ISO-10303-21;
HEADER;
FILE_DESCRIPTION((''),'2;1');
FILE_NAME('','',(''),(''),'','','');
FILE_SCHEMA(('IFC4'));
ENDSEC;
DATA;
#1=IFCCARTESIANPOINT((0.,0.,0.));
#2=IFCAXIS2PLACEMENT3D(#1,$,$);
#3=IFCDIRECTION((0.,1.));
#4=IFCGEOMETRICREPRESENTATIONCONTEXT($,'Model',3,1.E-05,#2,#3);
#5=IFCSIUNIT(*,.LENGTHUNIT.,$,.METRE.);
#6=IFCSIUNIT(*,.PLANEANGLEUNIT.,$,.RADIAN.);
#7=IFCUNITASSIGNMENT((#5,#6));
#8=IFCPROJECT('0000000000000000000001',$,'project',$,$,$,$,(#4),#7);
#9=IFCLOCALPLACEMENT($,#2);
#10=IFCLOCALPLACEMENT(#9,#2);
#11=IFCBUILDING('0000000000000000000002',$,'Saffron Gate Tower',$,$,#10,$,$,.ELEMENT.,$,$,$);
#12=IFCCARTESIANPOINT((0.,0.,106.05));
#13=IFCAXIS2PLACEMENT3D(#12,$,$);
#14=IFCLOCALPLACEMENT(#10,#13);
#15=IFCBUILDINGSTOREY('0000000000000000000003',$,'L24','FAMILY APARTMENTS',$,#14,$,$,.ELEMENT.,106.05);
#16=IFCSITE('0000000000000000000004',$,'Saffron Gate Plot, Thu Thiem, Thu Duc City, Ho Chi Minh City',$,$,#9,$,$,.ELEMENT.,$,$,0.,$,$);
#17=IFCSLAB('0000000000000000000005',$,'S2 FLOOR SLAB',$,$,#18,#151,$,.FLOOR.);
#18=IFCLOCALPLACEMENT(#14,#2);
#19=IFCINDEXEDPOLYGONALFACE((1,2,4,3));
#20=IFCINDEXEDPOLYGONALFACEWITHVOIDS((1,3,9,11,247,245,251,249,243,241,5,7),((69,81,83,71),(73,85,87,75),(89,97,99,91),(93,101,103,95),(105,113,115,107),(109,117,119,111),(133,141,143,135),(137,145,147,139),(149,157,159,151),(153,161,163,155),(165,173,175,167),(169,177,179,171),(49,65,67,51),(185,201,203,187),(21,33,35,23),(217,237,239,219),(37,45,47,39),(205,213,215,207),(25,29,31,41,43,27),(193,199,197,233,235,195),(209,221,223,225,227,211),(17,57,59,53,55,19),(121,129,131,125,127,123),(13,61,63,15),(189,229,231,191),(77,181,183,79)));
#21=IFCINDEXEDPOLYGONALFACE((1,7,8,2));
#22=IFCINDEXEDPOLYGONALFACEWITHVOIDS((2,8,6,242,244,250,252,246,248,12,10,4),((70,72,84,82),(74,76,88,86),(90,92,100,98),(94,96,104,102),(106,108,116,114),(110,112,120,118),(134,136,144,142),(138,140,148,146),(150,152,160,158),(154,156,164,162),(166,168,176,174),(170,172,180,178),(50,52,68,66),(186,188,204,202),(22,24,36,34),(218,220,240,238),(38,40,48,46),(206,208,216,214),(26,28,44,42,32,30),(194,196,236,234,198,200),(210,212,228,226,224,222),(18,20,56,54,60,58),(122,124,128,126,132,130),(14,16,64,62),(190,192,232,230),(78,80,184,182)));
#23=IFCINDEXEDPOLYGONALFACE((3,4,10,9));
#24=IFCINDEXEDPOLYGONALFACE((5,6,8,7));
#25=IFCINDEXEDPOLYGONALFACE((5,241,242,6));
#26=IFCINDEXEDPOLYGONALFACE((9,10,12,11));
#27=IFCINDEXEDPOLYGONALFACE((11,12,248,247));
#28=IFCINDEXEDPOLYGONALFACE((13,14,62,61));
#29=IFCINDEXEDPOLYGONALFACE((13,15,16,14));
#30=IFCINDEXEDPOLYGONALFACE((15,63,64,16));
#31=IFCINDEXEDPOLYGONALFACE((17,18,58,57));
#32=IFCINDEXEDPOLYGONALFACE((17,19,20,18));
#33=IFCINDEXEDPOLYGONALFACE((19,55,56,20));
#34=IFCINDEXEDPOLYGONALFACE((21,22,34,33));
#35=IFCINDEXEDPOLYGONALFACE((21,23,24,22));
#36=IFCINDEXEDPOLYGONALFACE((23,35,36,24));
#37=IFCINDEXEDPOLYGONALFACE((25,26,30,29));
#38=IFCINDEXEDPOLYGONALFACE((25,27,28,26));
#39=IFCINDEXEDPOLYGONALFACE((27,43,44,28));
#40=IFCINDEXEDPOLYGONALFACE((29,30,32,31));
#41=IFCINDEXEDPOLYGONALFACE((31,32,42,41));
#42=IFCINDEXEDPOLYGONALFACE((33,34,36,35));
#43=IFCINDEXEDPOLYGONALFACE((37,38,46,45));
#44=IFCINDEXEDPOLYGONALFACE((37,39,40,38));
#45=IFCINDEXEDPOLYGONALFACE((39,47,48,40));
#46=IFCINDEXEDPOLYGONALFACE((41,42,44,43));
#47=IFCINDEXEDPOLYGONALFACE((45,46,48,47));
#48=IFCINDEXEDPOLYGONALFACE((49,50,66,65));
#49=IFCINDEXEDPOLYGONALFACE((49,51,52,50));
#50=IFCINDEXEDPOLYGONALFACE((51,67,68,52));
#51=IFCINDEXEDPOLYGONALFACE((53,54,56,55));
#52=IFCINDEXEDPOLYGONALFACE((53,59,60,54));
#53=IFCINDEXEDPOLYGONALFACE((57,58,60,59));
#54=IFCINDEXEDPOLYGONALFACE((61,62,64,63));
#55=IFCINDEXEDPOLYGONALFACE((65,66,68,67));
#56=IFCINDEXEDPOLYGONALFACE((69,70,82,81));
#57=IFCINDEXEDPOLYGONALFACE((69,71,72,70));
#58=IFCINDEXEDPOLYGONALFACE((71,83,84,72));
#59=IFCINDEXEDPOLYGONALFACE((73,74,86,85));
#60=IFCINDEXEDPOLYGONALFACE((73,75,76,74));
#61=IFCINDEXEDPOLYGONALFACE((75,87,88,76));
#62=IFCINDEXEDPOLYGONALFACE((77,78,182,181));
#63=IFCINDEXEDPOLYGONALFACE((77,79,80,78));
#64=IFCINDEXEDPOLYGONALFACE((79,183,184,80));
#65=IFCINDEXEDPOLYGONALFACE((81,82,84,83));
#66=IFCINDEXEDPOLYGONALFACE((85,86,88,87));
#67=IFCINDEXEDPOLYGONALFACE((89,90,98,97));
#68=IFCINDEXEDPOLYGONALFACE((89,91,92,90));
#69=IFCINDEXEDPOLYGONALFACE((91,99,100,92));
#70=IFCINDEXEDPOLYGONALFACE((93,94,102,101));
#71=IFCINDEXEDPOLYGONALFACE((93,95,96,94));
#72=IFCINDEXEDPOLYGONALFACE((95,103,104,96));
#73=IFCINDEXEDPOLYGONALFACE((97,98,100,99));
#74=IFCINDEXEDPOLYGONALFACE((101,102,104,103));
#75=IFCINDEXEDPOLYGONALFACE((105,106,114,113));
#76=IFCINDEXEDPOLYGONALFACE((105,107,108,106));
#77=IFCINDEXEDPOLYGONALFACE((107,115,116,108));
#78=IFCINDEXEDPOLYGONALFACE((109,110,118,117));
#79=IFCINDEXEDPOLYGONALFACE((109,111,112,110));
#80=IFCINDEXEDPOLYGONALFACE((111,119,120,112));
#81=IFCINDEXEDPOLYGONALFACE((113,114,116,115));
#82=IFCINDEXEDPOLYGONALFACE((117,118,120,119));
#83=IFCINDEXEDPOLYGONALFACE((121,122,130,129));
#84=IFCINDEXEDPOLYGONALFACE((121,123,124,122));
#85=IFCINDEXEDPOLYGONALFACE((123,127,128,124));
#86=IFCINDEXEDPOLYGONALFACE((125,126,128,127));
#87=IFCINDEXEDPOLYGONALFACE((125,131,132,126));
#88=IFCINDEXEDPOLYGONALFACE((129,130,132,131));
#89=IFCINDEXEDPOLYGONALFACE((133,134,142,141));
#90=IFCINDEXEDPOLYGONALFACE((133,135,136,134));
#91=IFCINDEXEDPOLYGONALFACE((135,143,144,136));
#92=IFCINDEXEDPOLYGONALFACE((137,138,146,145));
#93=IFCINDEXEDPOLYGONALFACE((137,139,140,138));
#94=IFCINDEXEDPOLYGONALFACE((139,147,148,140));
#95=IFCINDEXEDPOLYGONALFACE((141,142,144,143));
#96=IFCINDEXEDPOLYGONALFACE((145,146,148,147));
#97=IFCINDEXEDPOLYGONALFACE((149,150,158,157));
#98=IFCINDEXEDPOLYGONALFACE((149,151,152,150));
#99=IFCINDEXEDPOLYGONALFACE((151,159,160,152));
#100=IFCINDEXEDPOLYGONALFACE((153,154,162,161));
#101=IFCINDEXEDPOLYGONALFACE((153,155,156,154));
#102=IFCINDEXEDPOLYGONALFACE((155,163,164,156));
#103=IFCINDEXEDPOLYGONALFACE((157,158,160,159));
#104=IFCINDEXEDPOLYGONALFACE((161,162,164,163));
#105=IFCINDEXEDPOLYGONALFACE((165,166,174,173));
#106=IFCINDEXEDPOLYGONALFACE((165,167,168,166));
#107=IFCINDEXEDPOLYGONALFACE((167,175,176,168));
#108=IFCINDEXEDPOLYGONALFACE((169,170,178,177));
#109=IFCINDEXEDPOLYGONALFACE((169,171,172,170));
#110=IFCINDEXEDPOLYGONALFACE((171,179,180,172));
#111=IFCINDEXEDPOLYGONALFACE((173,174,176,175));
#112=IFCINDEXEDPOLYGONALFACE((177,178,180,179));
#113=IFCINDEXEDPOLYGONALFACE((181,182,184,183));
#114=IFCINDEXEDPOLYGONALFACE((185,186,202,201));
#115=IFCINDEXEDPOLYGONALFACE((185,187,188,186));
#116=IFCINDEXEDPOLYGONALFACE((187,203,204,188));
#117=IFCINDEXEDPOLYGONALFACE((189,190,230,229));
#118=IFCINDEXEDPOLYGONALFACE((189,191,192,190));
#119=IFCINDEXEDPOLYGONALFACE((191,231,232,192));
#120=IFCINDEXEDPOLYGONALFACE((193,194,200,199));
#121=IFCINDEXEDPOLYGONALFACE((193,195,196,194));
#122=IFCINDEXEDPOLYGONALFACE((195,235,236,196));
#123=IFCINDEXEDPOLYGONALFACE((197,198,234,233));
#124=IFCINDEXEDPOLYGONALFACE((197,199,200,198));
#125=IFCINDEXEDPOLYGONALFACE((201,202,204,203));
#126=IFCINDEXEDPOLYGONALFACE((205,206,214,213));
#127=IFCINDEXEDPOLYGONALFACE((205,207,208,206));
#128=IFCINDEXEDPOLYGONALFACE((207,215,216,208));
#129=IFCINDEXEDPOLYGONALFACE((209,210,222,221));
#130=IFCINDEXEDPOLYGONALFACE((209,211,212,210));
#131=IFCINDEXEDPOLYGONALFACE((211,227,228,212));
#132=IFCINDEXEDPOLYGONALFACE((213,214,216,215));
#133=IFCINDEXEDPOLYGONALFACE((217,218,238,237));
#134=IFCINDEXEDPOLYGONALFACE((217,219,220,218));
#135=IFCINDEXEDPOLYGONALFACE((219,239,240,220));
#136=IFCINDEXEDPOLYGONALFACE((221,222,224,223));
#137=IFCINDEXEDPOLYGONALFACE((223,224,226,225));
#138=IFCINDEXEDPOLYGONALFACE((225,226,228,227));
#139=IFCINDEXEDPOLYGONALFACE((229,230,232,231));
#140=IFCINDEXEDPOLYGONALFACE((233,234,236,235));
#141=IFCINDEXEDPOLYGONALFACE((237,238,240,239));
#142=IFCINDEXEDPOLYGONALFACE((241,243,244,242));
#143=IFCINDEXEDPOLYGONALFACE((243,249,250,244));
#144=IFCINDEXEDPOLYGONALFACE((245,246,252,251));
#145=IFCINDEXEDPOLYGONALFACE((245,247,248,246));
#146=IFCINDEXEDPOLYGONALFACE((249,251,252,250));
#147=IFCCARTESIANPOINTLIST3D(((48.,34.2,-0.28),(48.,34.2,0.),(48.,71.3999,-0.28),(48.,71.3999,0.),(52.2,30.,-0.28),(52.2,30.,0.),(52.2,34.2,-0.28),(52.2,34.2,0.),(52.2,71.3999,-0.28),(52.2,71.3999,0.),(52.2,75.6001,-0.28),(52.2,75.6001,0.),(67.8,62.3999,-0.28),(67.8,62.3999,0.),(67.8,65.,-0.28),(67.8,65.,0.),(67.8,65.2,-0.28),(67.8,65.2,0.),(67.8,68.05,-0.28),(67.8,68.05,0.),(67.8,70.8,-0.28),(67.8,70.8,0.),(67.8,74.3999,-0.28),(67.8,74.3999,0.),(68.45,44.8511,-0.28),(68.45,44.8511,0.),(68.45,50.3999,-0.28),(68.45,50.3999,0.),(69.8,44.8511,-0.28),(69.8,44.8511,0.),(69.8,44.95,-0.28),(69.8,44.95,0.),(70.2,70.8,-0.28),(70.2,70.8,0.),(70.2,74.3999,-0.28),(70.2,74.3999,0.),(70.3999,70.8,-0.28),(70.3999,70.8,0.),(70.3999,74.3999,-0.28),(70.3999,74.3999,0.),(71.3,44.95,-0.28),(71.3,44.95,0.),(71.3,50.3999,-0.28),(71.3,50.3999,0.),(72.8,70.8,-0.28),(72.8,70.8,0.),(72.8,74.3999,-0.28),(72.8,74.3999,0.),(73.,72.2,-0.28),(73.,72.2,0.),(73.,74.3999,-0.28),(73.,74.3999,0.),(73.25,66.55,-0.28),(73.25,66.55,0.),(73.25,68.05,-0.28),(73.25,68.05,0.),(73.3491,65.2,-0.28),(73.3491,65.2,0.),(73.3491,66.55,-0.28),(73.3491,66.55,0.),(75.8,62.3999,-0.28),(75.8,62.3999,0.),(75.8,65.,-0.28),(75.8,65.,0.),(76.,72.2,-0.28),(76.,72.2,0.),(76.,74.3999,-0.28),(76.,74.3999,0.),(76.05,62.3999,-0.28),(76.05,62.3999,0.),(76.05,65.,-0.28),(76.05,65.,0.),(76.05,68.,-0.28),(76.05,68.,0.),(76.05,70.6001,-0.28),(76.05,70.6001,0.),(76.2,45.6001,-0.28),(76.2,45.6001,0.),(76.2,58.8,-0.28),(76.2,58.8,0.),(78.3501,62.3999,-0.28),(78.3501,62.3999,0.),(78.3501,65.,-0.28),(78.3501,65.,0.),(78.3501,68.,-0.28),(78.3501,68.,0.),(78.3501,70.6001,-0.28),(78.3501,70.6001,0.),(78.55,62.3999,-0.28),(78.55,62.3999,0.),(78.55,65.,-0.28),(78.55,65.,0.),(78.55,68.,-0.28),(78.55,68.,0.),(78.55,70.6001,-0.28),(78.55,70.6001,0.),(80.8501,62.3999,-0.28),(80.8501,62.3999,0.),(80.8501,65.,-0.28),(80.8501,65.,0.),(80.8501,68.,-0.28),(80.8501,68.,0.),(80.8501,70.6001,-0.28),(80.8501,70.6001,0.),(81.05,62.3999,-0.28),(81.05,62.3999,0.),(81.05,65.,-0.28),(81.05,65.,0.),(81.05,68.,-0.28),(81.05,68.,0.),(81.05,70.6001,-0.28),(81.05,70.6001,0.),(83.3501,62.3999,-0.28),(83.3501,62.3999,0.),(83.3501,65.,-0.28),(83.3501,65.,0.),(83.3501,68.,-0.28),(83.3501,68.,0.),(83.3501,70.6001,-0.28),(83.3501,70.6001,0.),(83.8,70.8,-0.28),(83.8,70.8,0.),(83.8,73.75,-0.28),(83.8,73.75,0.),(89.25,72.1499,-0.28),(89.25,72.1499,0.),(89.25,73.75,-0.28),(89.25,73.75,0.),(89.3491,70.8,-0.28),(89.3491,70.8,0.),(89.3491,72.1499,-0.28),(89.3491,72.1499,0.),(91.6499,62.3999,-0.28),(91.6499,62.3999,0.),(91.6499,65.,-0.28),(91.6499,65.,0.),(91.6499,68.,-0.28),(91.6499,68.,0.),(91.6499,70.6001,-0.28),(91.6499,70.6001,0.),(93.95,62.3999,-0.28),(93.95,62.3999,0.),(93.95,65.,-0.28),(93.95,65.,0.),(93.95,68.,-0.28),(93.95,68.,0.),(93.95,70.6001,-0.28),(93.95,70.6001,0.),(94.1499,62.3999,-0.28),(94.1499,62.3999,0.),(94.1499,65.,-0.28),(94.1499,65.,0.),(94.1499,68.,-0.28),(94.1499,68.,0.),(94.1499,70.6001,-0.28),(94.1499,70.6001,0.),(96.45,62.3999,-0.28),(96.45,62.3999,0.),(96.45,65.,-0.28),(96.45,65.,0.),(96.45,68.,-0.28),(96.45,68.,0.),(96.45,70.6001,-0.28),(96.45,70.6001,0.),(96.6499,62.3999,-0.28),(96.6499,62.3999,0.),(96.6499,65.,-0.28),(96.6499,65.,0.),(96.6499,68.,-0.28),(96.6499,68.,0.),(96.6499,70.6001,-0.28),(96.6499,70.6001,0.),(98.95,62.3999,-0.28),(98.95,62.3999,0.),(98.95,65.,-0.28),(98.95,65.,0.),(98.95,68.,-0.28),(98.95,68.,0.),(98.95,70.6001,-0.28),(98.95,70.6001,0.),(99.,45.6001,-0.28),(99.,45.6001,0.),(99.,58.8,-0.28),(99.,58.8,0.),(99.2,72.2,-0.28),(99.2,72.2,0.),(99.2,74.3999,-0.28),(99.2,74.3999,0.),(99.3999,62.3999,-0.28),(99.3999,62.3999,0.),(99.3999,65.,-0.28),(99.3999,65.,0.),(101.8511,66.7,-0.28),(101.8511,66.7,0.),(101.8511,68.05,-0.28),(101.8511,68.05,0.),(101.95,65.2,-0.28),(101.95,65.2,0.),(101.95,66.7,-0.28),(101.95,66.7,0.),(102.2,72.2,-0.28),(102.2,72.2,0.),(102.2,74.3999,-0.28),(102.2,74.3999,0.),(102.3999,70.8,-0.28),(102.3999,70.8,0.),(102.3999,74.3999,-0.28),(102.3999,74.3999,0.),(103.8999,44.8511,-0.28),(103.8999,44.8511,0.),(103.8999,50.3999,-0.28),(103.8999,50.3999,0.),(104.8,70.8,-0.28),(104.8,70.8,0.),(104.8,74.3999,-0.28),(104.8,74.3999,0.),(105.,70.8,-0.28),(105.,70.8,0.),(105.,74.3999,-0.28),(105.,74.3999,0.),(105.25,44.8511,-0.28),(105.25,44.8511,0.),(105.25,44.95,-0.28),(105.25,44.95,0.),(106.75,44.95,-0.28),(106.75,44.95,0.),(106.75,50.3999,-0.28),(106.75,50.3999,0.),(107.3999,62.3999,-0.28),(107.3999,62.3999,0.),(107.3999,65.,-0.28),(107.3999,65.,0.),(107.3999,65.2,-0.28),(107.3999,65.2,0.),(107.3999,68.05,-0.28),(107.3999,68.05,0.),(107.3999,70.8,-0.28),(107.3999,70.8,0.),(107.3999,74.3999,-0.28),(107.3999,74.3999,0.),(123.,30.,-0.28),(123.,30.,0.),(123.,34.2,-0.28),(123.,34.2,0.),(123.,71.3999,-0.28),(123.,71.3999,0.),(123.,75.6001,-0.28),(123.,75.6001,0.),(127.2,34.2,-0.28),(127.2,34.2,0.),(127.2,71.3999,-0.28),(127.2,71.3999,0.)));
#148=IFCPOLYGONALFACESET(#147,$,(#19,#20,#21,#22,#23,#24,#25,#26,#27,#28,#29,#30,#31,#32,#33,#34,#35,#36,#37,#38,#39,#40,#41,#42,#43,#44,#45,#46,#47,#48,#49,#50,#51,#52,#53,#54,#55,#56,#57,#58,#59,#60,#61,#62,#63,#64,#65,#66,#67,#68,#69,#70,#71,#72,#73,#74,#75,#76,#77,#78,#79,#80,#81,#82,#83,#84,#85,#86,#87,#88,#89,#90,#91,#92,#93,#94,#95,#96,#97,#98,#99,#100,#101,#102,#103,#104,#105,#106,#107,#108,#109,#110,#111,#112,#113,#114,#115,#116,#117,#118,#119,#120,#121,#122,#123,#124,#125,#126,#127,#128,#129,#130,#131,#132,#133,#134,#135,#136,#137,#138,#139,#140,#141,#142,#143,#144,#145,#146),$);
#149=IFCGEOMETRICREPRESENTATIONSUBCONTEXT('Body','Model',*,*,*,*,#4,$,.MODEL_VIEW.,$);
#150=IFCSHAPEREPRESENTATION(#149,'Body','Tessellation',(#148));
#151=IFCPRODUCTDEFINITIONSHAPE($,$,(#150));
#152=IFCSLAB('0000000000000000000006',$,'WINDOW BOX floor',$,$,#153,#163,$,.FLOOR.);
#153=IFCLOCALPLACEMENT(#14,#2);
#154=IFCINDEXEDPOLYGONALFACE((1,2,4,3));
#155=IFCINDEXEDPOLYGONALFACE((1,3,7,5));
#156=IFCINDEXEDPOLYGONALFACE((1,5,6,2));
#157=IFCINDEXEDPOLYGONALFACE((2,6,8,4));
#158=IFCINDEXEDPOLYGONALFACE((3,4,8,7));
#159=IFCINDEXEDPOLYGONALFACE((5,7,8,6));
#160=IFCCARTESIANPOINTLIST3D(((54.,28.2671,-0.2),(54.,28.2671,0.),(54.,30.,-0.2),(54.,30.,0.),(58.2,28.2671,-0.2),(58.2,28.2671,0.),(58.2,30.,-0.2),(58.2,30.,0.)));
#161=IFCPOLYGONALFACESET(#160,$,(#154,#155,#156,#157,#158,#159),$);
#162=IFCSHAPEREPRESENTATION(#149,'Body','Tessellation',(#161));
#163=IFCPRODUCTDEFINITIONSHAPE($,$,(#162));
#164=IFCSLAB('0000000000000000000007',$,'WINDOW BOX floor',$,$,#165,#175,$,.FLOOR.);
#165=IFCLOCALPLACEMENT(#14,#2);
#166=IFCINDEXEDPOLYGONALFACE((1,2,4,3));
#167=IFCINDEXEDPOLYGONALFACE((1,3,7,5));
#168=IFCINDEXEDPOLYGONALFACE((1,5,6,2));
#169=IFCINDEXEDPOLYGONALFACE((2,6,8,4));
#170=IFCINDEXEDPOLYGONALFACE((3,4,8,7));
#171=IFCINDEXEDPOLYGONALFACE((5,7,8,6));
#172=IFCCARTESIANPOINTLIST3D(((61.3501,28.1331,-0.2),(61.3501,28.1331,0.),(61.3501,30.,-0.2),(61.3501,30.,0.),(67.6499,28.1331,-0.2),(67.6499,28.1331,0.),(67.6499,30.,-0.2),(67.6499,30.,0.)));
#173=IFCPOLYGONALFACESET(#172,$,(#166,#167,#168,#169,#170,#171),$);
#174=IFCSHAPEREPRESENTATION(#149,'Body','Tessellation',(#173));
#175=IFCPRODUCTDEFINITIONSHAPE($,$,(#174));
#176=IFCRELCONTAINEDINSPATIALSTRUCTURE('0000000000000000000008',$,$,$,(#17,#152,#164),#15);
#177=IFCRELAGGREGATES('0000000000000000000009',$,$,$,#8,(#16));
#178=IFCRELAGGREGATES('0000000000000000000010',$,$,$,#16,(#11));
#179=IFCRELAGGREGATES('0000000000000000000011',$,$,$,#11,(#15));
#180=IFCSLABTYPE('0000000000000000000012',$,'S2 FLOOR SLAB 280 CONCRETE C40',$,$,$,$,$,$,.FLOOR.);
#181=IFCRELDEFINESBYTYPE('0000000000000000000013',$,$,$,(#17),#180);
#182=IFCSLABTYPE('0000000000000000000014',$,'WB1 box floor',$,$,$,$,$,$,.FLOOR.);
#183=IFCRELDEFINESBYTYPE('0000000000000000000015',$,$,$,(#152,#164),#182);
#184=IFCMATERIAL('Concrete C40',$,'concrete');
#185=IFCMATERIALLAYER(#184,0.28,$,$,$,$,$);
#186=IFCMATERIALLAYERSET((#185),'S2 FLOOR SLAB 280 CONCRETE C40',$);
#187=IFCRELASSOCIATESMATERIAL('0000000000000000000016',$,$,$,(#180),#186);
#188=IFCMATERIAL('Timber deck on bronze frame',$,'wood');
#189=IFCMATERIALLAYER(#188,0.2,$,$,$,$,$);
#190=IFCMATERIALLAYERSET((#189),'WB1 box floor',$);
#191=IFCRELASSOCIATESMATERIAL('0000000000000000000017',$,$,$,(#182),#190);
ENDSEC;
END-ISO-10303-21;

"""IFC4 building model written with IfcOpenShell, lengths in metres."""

from ifc_helpers import new_model, si_unit, direction, frame, origin, place, context, subcontext, project, spatial, polyline, outline, extrude, material, layer, layer_set, type_object, element, save


model = new_model("IFC4")

# Units and contexts
model_context = context("Model", 3, precision=1e-05, world=origin(), true_north=direction((0.0, 1.0)))
body_context = subcontext(model_context, "Body", "Model", "MODEL_VIEW")
ifc_project = project(units=[si_unit("LENGTHUNIT", "METRE"), si_unit("PLANEANGLEUNIT", "RADIAN")], contexts=[model_context])

# Site, building, storey
site_placement = place(None, origin())
site = spatial("IfcSite", under=ifc_project, at=site_placement, Name="Saffron Gate Plot, Thu Thiem, Thu Duc City, Ho Chi Minh City", CompositionType="ELEMENT", RefElevation=0.0)
building_placement = place(site_placement, origin())
building = spatial("IfcBuilding", under=site, at=building_placement, Name="Saffron Gate Tower", CompositionType="ELEMENT")
storey_placement = place(building_placement, frame((0.0, 0.0, 106.05)))
storey = spatial("IfcBuildingStorey", under=building, at=storey_placement, Name="L24", Description="FAMILY APARTMENTS", CompositionType="ELEMENT", Elevation=106.05)

# Slabs
ifc_material_1 = material(Name="Concrete C40", Category="concrete")
ifc_layer_1 = layer(ifc_material_1, 0.28)
ifc_layer_set_1 = layer_set([ifc_layer_1], Name="S2 FLOOR SLAB 280 CONCRETE C40")
slab_type_1 = type_object("IfcSlabType", Name="S2 FLOOR SLAB 280 CONCRETE C40", PredefinedType="FLOOR", material=ifc_layer_set_1)
slab_1_placement = place(storey_placement, frame((0.0, 0.0, -0.28)))
element("IfcSlab", 1, at=slab_1_placement, inside=storey, type_object=slab_type_1, Name="S2 FLOOR SLAB", PredefinedType="FLOOR", context=body_context, shape_type="SweptSolid", body=[
    extrude(outline(polyline([(48.0, 34.2), (52.2, 34.2), (52.2, 30.0), (123.0, 30.0), (123.0, 34.2), (127.2, 34.2), (127.2, 71.3999), (123.0, 71.3999), (123.0, 75.6001), (52.2, 75.6001), (52.2, 71.3999), (48.0, 71.3999), (48.0, 34.2)]), holes=[polyline([(67.8, 62.3999), (67.8, 65.0), (75.8, 65.0), (75.8, 62.3999), (67.8, 62.3999)]), polyline([(67.8, 65.2), (67.8, 68.05), (73.25, 68.05), (73.25, 66.55), (73.3491, 66.55), (73.3491, 65.2), (67.8, 65.2)]), polyline([(67.8, 70.8), (67.8, 74.3999), (70.2, 74.3999), (70.2, 70.8), (67.8, 70.8)]), polyline([(68.45, 44.8511), (68.45, 50.3999), (71.3, 50.3999), (71.3, 44.95), (69.8, 44.95), (69.8, 44.8511), (68.45, 44.8511)]), polyline([(70.3999, 70.8), (70.3999, 74.3999), (72.8, 74.3999), (72.8, 70.8), (70.3999, 70.8)]), polyline([(73.0, 72.2), (73.0, 74.3999), (76.0, 74.3999), (76.0, 72.2), (73.0, 72.2)]), polyline([(76.05, 62.3999), (76.05, 65.0), (78.3501, 65.0), (78.3501, 62.3999), (76.05, 62.3999)]), polyline([(76.05, 68.0), (76.05, 70.6001), (78.3501, 70.6001), (78.3501, 68.0), (76.05, 68.0)]), polyline([(76.2, 45.6001), (76.2, 58.8), (99.0, 58.8), (99.0, 45.6001), (76.2, 45.6001)]), polyline([(78.55, 62.3999), (78.55, 65.0), (80.8501, 65.0), (80.8501, 62.3999), (78.55, 62.3999)]), polyline([(78.55, 68.0), (78.55, 70.6001), (80.8501, 70.6001), (80.8501, 68.0), (78.55, 68.0)]), polyline([(81.05, 62.3999), (81.05, 65.0), (83.3501, 65.0), (83.3501, 62.3999), (81.05, 62.3999)]), polyline([(81.05, 68.0), (81.05, 70.6001), (83.3501, 70.6001), (83.3501, 68.0), (81.05, 68.0)]), polyline([(83.8, 70.8), (83.8, 73.75), (89.25, 73.75), (89.25, 72.1499), (89.3491, 72.1499), (89.3491, 70.8), (83.8, 70.8)]), polyline([(91.6499, 62.3999), (91.6499, 65.0), (93.95, 65.0), (93.95, 62.3999), (91.6499, 62.3999)]), polyline([(91.6499, 68.0), (91.6499, 70.6001), (93.95, 70.6001), (93.95, 68.0), (91.6499, 68.0)]), polyline([(94.1499, 62.3999), (94.1499, 65.0), (96.45, 65.0), (96.45, 62.3999), (94.1499, 62.3999)]), polyline([(94.1499, 68.0), (94.1499, 70.6001), (96.45, 70.6001), (96.45, 68.0), (94.1499, 68.0)]), polyline([(96.6499, 62.3999), (96.6499, 65.0), (98.95, 65.0), (98.95, 62.3999), (96.6499, 62.3999)]), polyline([(96.6499, 68.0), (96.6499, 70.6001), (98.95, 70.6001), (98.95, 68.0), (96.6499, 68.0)]), polyline([(99.2, 72.2), (99.2, 74.3999), (102.2, 74.3999), (102.2, 72.2), (99.2, 72.2)]), polyline([(99.3999, 62.3999), (99.3999, 65.0), (107.3999, 65.0), (107.3999, 62.3999), (99.3999, 62.3999)]), polyline([(101.8511, 66.7), (101.8511, 68.05), (107.3999, 68.05), (107.3999, 65.2), (101.95, 65.2), (101.95, 66.7), (101.8511, 66.7)]), polyline([(102.3999, 70.8), (102.3999, 74.3999), (104.8, 74.3999), (104.8, 70.8), (102.3999, 70.8)]), polyline([(103.8999, 44.8511), (103.8999, 50.3999), (106.75, 50.3999), (106.75, 44.95), (105.25, 44.95), (105.25, 44.8511), (103.8999, 44.8511)]), polyline([(105.0, 70.8), (105.0, 74.3999), (107.3999, 74.3999), (107.3999, 70.8), (105.0, 70.8)])]), origin(), (0.0, 0.0, 1.0), 0.28),
])
ifc_material_2 = material(Name="Timber deck on bronze frame", Category="wood")
ifc_layer_2 = layer(ifc_material_2, 0.2)
ifc_layer_set_2 = layer_set([ifc_layer_2], Name="WB1 box floor")
slab_type_2 = type_object("IfcSlabType", Name="WB1 box floor", PredefinedType="FLOOR", material=ifc_layer_set_2)
slab_2_placement = place(storey_placement, frame((0.0, 0.0, -0.2)))
element("IfcSlab", 2, at=slab_2_placement, inside=storey, type_object=slab_type_2, Name="WINDOW BOX floor", PredefinedType="FLOOR", context=body_context, shape_type="SweptSolid", body=[
    extrude(outline(polyline([(54.0, 30.0), (58.2, 30.0), (58.2, 28.2671), (54.0, 28.2671), (54.0, 30.0)])), origin(), (0.0, 0.0, 1.0), 0.2),
])
slab_3_placement = place(storey_placement, frame((0.0, 0.0, -0.2)))
element("IfcSlab", 3, at=slab_3_placement, inside=storey, type_object=slab_type_2, Name="WINDOW BOX floor", PredefinedType="FLOOR", context=body_context, shape_type="SweptSolid", body=[
    extrude(outline(polyline([(61.3501, 30.0), (67.6499, 30.0), (67.6499, 28.1331), (61.3501, 28.1331), (61.3501, 30.0)])), origin(), (0.0, 0.0, 1.0), 0.2),
])

save(model, "model.ifc")
